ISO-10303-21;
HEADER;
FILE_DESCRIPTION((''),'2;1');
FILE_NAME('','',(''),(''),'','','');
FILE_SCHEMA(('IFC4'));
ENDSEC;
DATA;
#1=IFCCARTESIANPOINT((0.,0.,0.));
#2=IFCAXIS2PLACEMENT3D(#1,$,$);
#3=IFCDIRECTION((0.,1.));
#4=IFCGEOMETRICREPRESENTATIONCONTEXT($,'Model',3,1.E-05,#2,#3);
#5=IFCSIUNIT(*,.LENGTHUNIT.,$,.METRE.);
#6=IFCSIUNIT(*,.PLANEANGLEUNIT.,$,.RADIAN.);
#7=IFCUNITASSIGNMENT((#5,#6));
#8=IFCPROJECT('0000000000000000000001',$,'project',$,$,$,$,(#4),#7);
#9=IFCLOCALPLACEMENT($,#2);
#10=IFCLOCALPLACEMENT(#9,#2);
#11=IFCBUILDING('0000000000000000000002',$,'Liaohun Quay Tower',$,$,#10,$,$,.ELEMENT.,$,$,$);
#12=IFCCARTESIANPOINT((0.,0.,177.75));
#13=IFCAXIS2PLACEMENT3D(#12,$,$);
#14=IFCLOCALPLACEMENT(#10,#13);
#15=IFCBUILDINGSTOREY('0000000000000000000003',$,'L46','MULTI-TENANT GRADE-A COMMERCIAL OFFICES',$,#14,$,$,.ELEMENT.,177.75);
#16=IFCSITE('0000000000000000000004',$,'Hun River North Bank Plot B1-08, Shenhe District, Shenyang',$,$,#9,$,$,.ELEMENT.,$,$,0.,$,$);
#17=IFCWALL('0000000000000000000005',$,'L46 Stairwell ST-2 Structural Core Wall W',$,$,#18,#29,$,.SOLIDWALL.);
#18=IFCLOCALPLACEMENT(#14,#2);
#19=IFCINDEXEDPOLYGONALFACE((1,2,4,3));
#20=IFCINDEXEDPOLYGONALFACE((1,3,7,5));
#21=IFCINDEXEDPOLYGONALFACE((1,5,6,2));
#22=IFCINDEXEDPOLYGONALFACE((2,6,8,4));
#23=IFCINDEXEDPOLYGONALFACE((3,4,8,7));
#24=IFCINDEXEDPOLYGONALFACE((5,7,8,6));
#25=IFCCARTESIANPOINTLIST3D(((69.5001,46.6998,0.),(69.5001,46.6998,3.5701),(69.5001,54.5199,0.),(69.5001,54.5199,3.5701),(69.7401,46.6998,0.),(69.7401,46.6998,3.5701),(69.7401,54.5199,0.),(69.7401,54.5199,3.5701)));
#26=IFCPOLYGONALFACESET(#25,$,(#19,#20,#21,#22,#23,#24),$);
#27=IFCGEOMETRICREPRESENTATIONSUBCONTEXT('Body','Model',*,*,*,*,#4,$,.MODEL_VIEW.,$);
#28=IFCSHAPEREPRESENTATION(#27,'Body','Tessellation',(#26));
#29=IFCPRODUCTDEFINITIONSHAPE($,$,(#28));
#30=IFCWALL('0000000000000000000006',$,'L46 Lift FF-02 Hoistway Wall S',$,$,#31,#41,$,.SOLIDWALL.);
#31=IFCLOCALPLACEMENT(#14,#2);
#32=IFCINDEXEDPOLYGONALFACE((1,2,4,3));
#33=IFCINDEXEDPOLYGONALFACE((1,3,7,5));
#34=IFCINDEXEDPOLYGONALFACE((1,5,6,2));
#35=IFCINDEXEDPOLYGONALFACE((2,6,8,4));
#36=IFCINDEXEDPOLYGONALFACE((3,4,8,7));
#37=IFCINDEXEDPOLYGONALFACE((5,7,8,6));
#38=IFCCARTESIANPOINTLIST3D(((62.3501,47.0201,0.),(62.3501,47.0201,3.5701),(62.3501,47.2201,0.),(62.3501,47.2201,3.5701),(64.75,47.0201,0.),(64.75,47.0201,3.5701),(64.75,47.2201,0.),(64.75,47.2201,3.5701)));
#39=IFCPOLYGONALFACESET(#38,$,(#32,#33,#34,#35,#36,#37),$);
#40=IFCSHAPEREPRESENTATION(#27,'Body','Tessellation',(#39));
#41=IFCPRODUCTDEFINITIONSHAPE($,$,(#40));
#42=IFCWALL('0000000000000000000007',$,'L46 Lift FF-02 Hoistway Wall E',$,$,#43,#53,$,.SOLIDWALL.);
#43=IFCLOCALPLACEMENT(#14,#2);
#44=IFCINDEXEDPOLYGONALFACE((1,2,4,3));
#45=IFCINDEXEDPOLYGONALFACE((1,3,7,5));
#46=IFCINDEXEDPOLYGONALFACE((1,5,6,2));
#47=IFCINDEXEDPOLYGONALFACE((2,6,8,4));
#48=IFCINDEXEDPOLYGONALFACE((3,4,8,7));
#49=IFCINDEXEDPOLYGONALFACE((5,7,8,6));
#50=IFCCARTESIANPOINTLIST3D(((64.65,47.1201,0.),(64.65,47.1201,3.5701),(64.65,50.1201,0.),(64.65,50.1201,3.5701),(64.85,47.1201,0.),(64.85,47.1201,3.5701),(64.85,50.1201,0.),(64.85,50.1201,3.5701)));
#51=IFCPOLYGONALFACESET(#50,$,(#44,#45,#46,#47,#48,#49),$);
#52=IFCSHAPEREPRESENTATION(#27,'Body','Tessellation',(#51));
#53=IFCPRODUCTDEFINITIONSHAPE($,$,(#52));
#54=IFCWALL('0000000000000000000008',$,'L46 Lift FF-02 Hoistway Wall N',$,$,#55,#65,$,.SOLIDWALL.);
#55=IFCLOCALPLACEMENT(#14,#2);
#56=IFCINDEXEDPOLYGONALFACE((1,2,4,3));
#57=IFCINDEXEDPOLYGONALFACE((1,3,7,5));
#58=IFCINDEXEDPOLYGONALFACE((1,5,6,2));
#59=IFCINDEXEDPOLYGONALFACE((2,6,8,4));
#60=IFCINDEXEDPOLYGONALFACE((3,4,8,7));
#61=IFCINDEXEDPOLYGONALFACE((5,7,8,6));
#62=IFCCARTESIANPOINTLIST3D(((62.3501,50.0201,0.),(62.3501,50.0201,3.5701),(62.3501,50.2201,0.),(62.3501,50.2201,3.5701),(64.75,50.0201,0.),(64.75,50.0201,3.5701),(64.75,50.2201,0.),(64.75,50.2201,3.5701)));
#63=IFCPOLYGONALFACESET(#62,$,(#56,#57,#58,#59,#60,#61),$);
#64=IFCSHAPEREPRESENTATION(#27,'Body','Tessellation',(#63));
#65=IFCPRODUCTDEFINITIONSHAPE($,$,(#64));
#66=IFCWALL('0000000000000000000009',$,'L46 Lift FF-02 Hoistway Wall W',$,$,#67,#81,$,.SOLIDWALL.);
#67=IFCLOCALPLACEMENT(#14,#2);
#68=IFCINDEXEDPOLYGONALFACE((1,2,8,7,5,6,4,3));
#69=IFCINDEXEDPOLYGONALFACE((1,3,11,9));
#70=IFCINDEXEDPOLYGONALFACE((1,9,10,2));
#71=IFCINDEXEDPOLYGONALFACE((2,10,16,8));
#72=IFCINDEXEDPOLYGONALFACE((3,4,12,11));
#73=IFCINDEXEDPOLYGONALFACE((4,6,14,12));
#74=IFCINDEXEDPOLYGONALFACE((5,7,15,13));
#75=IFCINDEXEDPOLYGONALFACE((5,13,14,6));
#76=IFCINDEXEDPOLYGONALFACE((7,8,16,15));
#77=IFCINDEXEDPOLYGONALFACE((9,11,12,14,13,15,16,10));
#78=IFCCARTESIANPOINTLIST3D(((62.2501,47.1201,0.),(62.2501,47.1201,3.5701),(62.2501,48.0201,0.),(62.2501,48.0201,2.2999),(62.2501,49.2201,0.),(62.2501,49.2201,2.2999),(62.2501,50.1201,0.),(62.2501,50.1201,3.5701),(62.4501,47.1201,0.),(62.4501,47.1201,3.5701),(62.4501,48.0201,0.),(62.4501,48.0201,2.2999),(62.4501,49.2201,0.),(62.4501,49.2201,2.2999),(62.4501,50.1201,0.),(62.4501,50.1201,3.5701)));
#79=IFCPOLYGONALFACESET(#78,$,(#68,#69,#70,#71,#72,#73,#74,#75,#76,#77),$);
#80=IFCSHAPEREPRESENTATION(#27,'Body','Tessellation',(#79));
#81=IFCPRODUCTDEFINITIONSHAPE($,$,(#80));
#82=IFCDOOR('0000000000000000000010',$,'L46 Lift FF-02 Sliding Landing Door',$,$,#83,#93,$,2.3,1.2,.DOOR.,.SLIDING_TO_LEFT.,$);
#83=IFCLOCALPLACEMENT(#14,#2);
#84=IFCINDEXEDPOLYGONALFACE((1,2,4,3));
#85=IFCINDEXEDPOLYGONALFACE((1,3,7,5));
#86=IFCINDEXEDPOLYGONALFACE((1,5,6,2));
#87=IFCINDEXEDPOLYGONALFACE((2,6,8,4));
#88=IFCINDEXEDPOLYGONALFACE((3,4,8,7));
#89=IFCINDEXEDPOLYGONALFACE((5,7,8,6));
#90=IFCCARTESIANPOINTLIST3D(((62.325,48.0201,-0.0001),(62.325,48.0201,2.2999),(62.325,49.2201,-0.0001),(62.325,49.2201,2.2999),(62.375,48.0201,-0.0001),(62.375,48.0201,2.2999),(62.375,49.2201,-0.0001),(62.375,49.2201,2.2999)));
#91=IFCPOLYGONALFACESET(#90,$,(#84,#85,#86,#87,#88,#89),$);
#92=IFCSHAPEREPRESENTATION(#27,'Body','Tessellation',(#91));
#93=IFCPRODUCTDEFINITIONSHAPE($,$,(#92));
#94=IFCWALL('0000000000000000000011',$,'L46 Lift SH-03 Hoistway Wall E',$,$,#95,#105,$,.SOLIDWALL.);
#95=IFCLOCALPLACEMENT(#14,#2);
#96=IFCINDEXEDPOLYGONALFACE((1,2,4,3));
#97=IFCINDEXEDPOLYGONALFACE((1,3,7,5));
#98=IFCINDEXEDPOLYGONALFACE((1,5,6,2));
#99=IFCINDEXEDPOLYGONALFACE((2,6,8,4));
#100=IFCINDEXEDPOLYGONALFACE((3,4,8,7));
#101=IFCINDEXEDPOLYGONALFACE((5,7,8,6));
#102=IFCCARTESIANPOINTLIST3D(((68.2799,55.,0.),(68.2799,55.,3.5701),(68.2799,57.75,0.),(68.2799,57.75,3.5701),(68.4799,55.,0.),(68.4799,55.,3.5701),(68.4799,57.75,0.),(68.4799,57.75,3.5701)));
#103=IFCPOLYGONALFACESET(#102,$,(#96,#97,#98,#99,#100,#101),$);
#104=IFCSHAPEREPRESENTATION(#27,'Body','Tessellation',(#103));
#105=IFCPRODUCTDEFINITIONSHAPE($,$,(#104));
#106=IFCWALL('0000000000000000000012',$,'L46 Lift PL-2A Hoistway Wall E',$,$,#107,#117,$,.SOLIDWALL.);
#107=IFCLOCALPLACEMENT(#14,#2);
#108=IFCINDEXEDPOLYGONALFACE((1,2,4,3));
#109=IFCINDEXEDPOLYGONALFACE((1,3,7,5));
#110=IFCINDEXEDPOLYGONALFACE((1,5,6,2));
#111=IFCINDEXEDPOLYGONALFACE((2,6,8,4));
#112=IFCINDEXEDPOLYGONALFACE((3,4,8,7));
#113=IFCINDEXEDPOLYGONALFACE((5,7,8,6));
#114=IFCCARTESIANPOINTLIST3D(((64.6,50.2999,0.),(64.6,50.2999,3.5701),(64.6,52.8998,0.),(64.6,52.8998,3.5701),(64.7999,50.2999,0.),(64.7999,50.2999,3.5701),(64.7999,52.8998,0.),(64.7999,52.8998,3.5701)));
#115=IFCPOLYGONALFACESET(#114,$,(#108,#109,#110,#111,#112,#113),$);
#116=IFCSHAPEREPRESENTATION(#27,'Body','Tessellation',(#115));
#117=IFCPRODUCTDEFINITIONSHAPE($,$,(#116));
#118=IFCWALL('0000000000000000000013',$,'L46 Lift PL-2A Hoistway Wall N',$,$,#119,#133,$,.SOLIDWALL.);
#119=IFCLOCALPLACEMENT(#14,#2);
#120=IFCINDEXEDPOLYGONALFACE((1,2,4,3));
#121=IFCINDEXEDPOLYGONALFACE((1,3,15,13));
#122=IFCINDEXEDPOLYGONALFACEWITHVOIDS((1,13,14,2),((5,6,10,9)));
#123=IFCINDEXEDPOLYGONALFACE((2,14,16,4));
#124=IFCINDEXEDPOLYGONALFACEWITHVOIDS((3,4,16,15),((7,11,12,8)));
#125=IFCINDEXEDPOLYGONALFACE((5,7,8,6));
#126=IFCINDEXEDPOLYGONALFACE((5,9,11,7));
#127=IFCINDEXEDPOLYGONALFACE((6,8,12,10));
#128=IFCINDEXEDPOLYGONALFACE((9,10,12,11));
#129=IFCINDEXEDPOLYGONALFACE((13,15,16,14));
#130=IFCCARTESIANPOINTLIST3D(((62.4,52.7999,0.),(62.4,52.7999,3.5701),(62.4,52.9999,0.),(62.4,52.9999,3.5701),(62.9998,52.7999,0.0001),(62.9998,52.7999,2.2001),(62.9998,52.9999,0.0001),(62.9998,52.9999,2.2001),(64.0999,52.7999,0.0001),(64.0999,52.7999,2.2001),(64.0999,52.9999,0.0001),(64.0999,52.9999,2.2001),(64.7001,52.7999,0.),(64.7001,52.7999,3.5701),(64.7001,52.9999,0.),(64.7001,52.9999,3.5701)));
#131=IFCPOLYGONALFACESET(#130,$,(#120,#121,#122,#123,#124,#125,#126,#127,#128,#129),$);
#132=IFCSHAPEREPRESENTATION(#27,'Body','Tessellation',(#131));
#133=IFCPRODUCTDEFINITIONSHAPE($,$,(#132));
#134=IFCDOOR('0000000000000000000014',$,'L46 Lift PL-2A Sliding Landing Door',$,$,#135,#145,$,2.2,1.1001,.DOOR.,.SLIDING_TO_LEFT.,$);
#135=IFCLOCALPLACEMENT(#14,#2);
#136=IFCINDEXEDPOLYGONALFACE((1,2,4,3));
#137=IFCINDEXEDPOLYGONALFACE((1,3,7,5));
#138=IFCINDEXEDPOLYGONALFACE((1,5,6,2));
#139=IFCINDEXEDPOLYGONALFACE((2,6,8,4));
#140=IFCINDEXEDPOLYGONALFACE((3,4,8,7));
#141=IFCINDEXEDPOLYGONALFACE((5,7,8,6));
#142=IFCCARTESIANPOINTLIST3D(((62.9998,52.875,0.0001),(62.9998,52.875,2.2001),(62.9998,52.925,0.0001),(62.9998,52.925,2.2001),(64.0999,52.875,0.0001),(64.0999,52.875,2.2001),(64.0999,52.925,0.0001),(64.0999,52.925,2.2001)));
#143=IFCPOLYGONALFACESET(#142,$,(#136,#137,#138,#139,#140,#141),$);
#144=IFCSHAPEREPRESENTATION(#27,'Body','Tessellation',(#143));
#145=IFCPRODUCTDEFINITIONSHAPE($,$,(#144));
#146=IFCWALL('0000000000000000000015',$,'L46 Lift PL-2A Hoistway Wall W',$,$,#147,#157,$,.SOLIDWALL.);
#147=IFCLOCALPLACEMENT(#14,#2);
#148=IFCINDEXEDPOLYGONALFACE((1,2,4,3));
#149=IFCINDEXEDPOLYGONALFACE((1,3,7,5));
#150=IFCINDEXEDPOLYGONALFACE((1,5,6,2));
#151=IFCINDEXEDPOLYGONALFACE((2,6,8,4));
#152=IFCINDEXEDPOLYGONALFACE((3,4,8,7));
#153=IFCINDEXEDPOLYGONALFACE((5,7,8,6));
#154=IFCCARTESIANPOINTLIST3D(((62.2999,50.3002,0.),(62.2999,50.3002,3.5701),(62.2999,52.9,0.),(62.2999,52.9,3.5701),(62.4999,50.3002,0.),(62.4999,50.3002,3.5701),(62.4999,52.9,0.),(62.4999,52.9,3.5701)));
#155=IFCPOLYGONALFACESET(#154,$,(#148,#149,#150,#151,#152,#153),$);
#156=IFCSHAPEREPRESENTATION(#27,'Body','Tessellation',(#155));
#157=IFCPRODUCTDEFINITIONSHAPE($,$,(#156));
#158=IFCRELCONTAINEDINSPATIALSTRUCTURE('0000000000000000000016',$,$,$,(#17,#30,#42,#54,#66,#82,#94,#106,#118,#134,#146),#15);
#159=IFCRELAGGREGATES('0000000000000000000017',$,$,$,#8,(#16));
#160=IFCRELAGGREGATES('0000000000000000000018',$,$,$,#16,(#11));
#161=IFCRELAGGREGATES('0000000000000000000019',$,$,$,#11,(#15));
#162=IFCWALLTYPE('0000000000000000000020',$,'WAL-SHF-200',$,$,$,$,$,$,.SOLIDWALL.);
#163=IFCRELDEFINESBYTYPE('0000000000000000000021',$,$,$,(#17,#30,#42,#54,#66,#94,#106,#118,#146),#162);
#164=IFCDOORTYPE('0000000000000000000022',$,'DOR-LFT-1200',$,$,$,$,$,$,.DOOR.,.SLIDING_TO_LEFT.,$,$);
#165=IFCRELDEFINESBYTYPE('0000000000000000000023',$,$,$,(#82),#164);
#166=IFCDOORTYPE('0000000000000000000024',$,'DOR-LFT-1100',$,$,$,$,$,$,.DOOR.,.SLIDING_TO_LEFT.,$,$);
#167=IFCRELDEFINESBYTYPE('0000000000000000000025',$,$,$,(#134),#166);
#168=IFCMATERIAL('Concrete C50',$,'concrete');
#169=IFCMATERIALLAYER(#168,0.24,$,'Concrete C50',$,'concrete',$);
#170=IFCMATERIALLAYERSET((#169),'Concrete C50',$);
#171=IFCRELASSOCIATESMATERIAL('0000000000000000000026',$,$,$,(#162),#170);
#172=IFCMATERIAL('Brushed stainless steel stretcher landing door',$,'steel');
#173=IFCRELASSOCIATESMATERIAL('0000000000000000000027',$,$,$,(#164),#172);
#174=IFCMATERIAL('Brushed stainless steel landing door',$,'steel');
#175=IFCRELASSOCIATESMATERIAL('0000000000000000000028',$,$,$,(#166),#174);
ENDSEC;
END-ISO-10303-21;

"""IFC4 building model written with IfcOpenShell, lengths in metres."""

from ifc_helpers import new_model, si_unit, direction, frame, frame_2d, origin, place, context, subcontext, project, spatial, rectangle, extrude, source, transform, mapped, material, layer, layer_set, type_object, element, fill, save


model = new_model("IFC4")

# Units and contexts
model_context = context("Model", 3, precision=1e-05, world=origin(), true_north=direction((0.0, 1.0)))
body_context = subcontext(model_context, "Body", "Model", "MODEL_VIEW")
ifc_project = project(units=[si_unit("LENGTHUNIT", "METRE"), si_unit("PLANEANGLEUNIT", "RADIAN")], contexts=[model_context])

# Site, building, storey
site_placement = place(None, origin())
site = spatial("IfcSite", under=ifc_project, at=site_placement, Name="Hun River North Bank Plot B1-08, Shenhe District, Shenyang", CompositionType="ELEMENT", RefElevation=0.0)
building_placement = place(site_placement, origin())
building = spatial("IfcBuilding", under=site, at=building_placement, Name="Liaohun Quay Tower", CompositionType="ELEMENT")
storey_placement = place(building_placement, frame((0.0, 0.0, 177.75)))
storey = spatial("IfcBuildingStorey", under=building, at=storey_placement, Name="L46", Description="MULTI-TENANT GRADE-A COMMERCIAL OFFICES", CompositionType="ELEMENT", Elevation=177.75)

# Shared definitions
ifc_material_1 = material(Name="Concrete C50", Category="concrete")
ifc_layer_1 = layer(ifc_material_1, 0.24, Name="Concrete C50", Category="concrete")
ifc_layer_set_1 = layer_set([ifc_layer_1], Name="Concrete C50")
wall_type_1 = type_object("IfcWallType", Name="WAL-SHF-200", PredefinedType="SOLIDWALL", material=ifc_layer_set_1)

# Walls
wall_1_placement = place(storey_placement, frame((69.6201, 54.52, 0.0), z_axis=(0.0, 0.0, 1.0), x_axis=(0.0, -1.0, 0.0)))
element("IfcWall", 1, at=wall_1_placement, inside=storey, type_object=wall_type_1, Name="L46 Stairwell ST-2 Structural Core Wall W", PredefinedType="SOLIDWALL", context=body_context, shape_type="SweptSolid", body=[
    extrude(rectangle(XDim=7.8201, YDim=0.24, at=frame_2d((3.9102, 0.0))), origin(), (0.0, 0.0, 1.0), 3.5701),
])
wall_2_placement = place(storey_placement, frame((62.3501, 47.1201, 0.0), z_axis=(0.0, 0.0, 1.0), x_axis=(1.0, 0.0, 0.0)))
element("IfcWall", 2, at=wall_2_placement, inside=storey, type_object=wall_type_1, Name="L46 Lift FF-02 Hoistway Wall S", PredefinedType="SOLIDWALL", context=body_context, shape_type="SweptSolid", body=[
    extrude(rectangle(XDim=2.3999, YDim=0.2, at=frame_2d((1.2, 0.0))), origin(), (0.0, 0.0, 1.0), 3.5701),
])
wall_3_placement = place(storey_placement, frame((64.75, 47.1201, 0.0), z_axis=(0.0, 0.0, 1.0), x_axis=(0.0, 1.0, 0.0)))
element("IfcWall", 3, at=wall_3_placement, inside=storey, type_object=wall_type_1, Name="L46 Lift FF-02 Hoistway Wall E", PredefinedType="SOLIDWALL", context=body_context, shape_type="SweptSolid", body=[
    extrude(rectangle(XDim=3.0, YDim=0.2, at=frame_2d((1.5, 0.0))), origin(), (0.0, 0.0, 1.0), 3.5701),
])
wall_4_placement = place(storey_placement, frame((64.75, 50.1201, 0.0), z_axis=(0.0, 0.0, 1.0), x_axis=(-1.0, 0.0, 0.0)))
element("IfcWall", 4, at=wall_4_placement, inside=storey, type_object=wall_type_1, Name="L46 Lift FF-02 Hoistway Wall N", PredefinedType="SOLIDWALL", context=body_context, shape_type="SweptSolid", body=[
    extrude(rectangle(XDim=2.3999, YDim=0.2, at=frame_2d((1.2, 0.0))), origin(), (0.0, 0.0, 1.0), 3.5701),
])

# Wall, opening, door
wall_5_placement = place(storey_placement, frame((62.3501, 50.1201, 0.0), z_axis=(0.0, 0.0, 1.0), x_axis=(0.0, -1.0, 0.0)))
wall_5 = element("IfcWall", 5, at=wall_5_placement, inside=storey, type_object=wall_type_1, Name="L46 Lift FF-02 Hoistway Wall W", PredefinedType="SOLIDWALL", context=body_context, shape_type="SweptSolid", body=[
    extrude(rectangle(XDim=3.0, YDim=0.2, at=frame_2d((1.5, 0.0))), origin(), (0.0, 0.0, 1.0), 3.5701),
])
shared_shape_1 = source(origin(), body_context, "Body", "SweptSolid", [
    extrude(rectangle(XDim=1.2, YDim=2.3, at=frame_2d((0.6001, 1.1499))), frame((0.0, 0.1099, 0.0), z_axis=(0.0, -1.0, 0.0), x_axis=(1.0, 0.0, 0.0)), (0.0, 0.0, 1.0), 0.22),
])
opening_1_placement = place(wall_5_placement, frame((0.8999, 0.0, 0.0)))
opening_1 = element("IfcOpeningElement", 6, at=opening_1_placement, cuts=wall_5, PredefinedType="OPENING", context=body_context, shape_type="MappedRepresentation", body=[
    mapped(shared_shape_1, transform((0.0, 0.0, 0.0), x_axis=(1.0, 0.0, 0.0), y_axis=(0.0, 1.0, 0.0), z_axis=(0.0, 0.0, 1.0), scale=1.0)),
])
ifc_material_2 = material(Name="Brushed stainless steel stretcher landing door", Category="steel")
door_type_1 = type_object("IfcDoorType", Name="DOR-LFT-1200", OperationType="SLIDING_TO_LEFT", PredefinedType="DOOR", material=ifc_material_2)
shared_shape_2 = source(origin(), body_context, "Body", "SweptSolid", [
    extrude(rectangle(XDim=1.2, YDim=2.3, at=frame_2d((0.6001, 1.1499))), frame((0.0, 0.0249, 0.0), z_axis=(0.0, -1.0, 0.0), x_axis=(1.0, 0.0, 0.0)), (0.0, 0.0, 1.0), 0.05),
])
door_1_placement = place(opening_1_placement, origin())
door_1 = element("IfcDoor", 7, at=door_1_placement, inside=storey, type_object=door_type_1, Name="L46 Lift FF-02 Sliding Landing Door", OperationType="SLIDING_TO_LEFT", OverallHeight=2.3, OverallWidth=1.2, PredefinedType="DOOR", context=body_context, shape_type="MappedRepresentation", body=[
    mapped(shared_shape_2, transform((0.0, 0.0, 0.0), x_axis=(1.0, 0.0, 0.0), y_axis=(0.0, 1.0, 0.0), z_axis=(0.0, 0.0, 1.0), scale=1.0)),
])
fill(opening_1, door_1)

# Walls
wall_6_placement = place(storey_placement, frame((68.3799, 55.0, 0.0), z_axis=(0.0, 0.0, 1.0), x_axis=(0.0, 1.0, 0.0)))
element("IfcWall", 8, at=wall_6_placement, inside=storey, type_object=wall_type_1, Name="L46 Lift SH-03 Hoistway Wall E", PredefinedType="SOLIDWALL", context=body_context, shape_type="SweptSolid", body=[
    extrude(rectangle(XDim=2.75, YDim=0.2, at=frame_2d((1.375, 0.0))), origin(), (0.0, 0.0, 1.0), 3.5701),
])
wall_7_placement = place(storey_placement, frame((64.7, 50.3, 0.0), z_axis=(0.0, 0.0, 1.0), x_axis=(0.0, 1.0, 0.0)))
element("IfcWall", 9, at=wall_7_placement, inside=storey, type_object=wall_type_1, Name="L46 Lift PL-2A Hoistway Wall E", PredefinedType="SOLIDWALL", context=body_context, shape_type="SweptSolid", body=[
    extrude(rectangle(XDim=2.5999, YDim=0.2, at=frame_2d((1.2998, 0.0))), origin(), (0.0, 0.0, 1.0), 3.5701),
])

# Wall, opening, door
wall_8_placement = place(storey_placement, frame((64.7, 52.8999, 0.0), z_axis=(0.0, 0.0, 1.0), x_axis=(-1.0, 0.0, 0.0)))
wall_8 = element("IfcWall", 10, at=wall_8_placement, inside=storey, type_object=wall_type_1, Name="L46 Lift PL-2A Hoistway Wall N", PredefinedType="SOLIDWALL", context=body_context, shape_type="SweptSolid", body=[
    extrude(rectangle(XDim=2.3, YDim=0.2, at=frame_2d((1.1499, 0.0))), origin(), (0.0, 0.0, 1.0), 3.5701),
])
shared_shape_3 = source(origin(), body_context, "Body", "SweptSolid", [
    extrude(rectangle(XDim=1.1001, YDim=2.2, at=frame_2d((0.55, 1.1001))), frame((0.0, 0.1099, 0.0), z_axis=(0.0, -1.0, 0.0), x_axis=(1.0, 0.0, 0.0)), (0.0, 0.0, 1.0), 0.22),
])
opening_2_placement = place(wall_8_placement, frame((0.6001, 0.0, 0.0)))
opening_2 = element("IfcOpeningElement", 11, at=opening_2_placement, cuts=wall_8, PredefinedType="OPENING", context=body_context, shape_type="MappedRepresentation", body=[
    mapped(shared_shape_3, transform((0.0, 0.0, 0.0), x_axis=(1.0, 0.0, 0.0), y_axis=(0.0, 1.0, 0.0), z_axis=(0.0, 0.0, 1.0), scale=1.0)),
])
ifc_material_3 = material(Name="Brushed stainless steel landing door", Category="steel")
door_type_2 = type_object("IfcDoorType", Name="DOR-LFT-1100", OperationType="SLIDING_TO_LEFT", PredefinedType="DOOR", material=ifc_material_3)
shared_shape_4 = source(origin(), body_context, "Body", "SweptSolid", [
    extrude(rectangle(XDim=1.1001, YDim=2.2, at=frame_2d((0.55, 1.1001))), frame((0.0, 0.0249, 0.0), z_axis=(0.0, -1.0, 0.0), x_axis=(1.0, 0.0, 0.0)), (0.0, 0.0, 1.0), 0.05),
])
door_2_placement = place(opening_2_placement, origin())
door_2 = element("IfcDoor", 12, at=door_2_placement, inside=storey, type_object=door_type_2, Name="L46 Lift PL-2A Sliding Landing Door", OperationType="SLIDING_TO_LEFT", OverallHeight=2.2, OverallWidth=1.1001, PredefinedType="DOOR", context=body_context, shape_type="MappedRepresentation", body=[
    mapped(shared_shape_4, transform((0.0, 0.0, 0.0), x_axis=(1.0, 0.0, 0.0), y_axis=(0.0, 1.0, 0.0), z_axis=(0.0, 0.0, 1.0), scale=1.0)),
])
fill(opening_2, door_2)

# Wall
wall_9_placement = place(storey_placement, frame((62.3999, 52.8999, 0.0), z_axis=(0.0, 0.0, 1.0), x_axis=(0.0, -1.0, 0.0)))
element("IfcWall", 13, at=wall_9_placement, inside=storey, type_object=wall_type_1, Name="L46 Lift PL-2A Hoistway Wall W", PredefinedType="SOLIDWALL", context=body_context, shape_type="SweptSolid", body=[
    extrude(rectangle(XDim=2.5999, YDim=0.2, at=frame_2d((1.2998, 0.0))), origin(), (0.0, 0.0, 1.0), 3.5701),
])

save(model, "model.ifc")
